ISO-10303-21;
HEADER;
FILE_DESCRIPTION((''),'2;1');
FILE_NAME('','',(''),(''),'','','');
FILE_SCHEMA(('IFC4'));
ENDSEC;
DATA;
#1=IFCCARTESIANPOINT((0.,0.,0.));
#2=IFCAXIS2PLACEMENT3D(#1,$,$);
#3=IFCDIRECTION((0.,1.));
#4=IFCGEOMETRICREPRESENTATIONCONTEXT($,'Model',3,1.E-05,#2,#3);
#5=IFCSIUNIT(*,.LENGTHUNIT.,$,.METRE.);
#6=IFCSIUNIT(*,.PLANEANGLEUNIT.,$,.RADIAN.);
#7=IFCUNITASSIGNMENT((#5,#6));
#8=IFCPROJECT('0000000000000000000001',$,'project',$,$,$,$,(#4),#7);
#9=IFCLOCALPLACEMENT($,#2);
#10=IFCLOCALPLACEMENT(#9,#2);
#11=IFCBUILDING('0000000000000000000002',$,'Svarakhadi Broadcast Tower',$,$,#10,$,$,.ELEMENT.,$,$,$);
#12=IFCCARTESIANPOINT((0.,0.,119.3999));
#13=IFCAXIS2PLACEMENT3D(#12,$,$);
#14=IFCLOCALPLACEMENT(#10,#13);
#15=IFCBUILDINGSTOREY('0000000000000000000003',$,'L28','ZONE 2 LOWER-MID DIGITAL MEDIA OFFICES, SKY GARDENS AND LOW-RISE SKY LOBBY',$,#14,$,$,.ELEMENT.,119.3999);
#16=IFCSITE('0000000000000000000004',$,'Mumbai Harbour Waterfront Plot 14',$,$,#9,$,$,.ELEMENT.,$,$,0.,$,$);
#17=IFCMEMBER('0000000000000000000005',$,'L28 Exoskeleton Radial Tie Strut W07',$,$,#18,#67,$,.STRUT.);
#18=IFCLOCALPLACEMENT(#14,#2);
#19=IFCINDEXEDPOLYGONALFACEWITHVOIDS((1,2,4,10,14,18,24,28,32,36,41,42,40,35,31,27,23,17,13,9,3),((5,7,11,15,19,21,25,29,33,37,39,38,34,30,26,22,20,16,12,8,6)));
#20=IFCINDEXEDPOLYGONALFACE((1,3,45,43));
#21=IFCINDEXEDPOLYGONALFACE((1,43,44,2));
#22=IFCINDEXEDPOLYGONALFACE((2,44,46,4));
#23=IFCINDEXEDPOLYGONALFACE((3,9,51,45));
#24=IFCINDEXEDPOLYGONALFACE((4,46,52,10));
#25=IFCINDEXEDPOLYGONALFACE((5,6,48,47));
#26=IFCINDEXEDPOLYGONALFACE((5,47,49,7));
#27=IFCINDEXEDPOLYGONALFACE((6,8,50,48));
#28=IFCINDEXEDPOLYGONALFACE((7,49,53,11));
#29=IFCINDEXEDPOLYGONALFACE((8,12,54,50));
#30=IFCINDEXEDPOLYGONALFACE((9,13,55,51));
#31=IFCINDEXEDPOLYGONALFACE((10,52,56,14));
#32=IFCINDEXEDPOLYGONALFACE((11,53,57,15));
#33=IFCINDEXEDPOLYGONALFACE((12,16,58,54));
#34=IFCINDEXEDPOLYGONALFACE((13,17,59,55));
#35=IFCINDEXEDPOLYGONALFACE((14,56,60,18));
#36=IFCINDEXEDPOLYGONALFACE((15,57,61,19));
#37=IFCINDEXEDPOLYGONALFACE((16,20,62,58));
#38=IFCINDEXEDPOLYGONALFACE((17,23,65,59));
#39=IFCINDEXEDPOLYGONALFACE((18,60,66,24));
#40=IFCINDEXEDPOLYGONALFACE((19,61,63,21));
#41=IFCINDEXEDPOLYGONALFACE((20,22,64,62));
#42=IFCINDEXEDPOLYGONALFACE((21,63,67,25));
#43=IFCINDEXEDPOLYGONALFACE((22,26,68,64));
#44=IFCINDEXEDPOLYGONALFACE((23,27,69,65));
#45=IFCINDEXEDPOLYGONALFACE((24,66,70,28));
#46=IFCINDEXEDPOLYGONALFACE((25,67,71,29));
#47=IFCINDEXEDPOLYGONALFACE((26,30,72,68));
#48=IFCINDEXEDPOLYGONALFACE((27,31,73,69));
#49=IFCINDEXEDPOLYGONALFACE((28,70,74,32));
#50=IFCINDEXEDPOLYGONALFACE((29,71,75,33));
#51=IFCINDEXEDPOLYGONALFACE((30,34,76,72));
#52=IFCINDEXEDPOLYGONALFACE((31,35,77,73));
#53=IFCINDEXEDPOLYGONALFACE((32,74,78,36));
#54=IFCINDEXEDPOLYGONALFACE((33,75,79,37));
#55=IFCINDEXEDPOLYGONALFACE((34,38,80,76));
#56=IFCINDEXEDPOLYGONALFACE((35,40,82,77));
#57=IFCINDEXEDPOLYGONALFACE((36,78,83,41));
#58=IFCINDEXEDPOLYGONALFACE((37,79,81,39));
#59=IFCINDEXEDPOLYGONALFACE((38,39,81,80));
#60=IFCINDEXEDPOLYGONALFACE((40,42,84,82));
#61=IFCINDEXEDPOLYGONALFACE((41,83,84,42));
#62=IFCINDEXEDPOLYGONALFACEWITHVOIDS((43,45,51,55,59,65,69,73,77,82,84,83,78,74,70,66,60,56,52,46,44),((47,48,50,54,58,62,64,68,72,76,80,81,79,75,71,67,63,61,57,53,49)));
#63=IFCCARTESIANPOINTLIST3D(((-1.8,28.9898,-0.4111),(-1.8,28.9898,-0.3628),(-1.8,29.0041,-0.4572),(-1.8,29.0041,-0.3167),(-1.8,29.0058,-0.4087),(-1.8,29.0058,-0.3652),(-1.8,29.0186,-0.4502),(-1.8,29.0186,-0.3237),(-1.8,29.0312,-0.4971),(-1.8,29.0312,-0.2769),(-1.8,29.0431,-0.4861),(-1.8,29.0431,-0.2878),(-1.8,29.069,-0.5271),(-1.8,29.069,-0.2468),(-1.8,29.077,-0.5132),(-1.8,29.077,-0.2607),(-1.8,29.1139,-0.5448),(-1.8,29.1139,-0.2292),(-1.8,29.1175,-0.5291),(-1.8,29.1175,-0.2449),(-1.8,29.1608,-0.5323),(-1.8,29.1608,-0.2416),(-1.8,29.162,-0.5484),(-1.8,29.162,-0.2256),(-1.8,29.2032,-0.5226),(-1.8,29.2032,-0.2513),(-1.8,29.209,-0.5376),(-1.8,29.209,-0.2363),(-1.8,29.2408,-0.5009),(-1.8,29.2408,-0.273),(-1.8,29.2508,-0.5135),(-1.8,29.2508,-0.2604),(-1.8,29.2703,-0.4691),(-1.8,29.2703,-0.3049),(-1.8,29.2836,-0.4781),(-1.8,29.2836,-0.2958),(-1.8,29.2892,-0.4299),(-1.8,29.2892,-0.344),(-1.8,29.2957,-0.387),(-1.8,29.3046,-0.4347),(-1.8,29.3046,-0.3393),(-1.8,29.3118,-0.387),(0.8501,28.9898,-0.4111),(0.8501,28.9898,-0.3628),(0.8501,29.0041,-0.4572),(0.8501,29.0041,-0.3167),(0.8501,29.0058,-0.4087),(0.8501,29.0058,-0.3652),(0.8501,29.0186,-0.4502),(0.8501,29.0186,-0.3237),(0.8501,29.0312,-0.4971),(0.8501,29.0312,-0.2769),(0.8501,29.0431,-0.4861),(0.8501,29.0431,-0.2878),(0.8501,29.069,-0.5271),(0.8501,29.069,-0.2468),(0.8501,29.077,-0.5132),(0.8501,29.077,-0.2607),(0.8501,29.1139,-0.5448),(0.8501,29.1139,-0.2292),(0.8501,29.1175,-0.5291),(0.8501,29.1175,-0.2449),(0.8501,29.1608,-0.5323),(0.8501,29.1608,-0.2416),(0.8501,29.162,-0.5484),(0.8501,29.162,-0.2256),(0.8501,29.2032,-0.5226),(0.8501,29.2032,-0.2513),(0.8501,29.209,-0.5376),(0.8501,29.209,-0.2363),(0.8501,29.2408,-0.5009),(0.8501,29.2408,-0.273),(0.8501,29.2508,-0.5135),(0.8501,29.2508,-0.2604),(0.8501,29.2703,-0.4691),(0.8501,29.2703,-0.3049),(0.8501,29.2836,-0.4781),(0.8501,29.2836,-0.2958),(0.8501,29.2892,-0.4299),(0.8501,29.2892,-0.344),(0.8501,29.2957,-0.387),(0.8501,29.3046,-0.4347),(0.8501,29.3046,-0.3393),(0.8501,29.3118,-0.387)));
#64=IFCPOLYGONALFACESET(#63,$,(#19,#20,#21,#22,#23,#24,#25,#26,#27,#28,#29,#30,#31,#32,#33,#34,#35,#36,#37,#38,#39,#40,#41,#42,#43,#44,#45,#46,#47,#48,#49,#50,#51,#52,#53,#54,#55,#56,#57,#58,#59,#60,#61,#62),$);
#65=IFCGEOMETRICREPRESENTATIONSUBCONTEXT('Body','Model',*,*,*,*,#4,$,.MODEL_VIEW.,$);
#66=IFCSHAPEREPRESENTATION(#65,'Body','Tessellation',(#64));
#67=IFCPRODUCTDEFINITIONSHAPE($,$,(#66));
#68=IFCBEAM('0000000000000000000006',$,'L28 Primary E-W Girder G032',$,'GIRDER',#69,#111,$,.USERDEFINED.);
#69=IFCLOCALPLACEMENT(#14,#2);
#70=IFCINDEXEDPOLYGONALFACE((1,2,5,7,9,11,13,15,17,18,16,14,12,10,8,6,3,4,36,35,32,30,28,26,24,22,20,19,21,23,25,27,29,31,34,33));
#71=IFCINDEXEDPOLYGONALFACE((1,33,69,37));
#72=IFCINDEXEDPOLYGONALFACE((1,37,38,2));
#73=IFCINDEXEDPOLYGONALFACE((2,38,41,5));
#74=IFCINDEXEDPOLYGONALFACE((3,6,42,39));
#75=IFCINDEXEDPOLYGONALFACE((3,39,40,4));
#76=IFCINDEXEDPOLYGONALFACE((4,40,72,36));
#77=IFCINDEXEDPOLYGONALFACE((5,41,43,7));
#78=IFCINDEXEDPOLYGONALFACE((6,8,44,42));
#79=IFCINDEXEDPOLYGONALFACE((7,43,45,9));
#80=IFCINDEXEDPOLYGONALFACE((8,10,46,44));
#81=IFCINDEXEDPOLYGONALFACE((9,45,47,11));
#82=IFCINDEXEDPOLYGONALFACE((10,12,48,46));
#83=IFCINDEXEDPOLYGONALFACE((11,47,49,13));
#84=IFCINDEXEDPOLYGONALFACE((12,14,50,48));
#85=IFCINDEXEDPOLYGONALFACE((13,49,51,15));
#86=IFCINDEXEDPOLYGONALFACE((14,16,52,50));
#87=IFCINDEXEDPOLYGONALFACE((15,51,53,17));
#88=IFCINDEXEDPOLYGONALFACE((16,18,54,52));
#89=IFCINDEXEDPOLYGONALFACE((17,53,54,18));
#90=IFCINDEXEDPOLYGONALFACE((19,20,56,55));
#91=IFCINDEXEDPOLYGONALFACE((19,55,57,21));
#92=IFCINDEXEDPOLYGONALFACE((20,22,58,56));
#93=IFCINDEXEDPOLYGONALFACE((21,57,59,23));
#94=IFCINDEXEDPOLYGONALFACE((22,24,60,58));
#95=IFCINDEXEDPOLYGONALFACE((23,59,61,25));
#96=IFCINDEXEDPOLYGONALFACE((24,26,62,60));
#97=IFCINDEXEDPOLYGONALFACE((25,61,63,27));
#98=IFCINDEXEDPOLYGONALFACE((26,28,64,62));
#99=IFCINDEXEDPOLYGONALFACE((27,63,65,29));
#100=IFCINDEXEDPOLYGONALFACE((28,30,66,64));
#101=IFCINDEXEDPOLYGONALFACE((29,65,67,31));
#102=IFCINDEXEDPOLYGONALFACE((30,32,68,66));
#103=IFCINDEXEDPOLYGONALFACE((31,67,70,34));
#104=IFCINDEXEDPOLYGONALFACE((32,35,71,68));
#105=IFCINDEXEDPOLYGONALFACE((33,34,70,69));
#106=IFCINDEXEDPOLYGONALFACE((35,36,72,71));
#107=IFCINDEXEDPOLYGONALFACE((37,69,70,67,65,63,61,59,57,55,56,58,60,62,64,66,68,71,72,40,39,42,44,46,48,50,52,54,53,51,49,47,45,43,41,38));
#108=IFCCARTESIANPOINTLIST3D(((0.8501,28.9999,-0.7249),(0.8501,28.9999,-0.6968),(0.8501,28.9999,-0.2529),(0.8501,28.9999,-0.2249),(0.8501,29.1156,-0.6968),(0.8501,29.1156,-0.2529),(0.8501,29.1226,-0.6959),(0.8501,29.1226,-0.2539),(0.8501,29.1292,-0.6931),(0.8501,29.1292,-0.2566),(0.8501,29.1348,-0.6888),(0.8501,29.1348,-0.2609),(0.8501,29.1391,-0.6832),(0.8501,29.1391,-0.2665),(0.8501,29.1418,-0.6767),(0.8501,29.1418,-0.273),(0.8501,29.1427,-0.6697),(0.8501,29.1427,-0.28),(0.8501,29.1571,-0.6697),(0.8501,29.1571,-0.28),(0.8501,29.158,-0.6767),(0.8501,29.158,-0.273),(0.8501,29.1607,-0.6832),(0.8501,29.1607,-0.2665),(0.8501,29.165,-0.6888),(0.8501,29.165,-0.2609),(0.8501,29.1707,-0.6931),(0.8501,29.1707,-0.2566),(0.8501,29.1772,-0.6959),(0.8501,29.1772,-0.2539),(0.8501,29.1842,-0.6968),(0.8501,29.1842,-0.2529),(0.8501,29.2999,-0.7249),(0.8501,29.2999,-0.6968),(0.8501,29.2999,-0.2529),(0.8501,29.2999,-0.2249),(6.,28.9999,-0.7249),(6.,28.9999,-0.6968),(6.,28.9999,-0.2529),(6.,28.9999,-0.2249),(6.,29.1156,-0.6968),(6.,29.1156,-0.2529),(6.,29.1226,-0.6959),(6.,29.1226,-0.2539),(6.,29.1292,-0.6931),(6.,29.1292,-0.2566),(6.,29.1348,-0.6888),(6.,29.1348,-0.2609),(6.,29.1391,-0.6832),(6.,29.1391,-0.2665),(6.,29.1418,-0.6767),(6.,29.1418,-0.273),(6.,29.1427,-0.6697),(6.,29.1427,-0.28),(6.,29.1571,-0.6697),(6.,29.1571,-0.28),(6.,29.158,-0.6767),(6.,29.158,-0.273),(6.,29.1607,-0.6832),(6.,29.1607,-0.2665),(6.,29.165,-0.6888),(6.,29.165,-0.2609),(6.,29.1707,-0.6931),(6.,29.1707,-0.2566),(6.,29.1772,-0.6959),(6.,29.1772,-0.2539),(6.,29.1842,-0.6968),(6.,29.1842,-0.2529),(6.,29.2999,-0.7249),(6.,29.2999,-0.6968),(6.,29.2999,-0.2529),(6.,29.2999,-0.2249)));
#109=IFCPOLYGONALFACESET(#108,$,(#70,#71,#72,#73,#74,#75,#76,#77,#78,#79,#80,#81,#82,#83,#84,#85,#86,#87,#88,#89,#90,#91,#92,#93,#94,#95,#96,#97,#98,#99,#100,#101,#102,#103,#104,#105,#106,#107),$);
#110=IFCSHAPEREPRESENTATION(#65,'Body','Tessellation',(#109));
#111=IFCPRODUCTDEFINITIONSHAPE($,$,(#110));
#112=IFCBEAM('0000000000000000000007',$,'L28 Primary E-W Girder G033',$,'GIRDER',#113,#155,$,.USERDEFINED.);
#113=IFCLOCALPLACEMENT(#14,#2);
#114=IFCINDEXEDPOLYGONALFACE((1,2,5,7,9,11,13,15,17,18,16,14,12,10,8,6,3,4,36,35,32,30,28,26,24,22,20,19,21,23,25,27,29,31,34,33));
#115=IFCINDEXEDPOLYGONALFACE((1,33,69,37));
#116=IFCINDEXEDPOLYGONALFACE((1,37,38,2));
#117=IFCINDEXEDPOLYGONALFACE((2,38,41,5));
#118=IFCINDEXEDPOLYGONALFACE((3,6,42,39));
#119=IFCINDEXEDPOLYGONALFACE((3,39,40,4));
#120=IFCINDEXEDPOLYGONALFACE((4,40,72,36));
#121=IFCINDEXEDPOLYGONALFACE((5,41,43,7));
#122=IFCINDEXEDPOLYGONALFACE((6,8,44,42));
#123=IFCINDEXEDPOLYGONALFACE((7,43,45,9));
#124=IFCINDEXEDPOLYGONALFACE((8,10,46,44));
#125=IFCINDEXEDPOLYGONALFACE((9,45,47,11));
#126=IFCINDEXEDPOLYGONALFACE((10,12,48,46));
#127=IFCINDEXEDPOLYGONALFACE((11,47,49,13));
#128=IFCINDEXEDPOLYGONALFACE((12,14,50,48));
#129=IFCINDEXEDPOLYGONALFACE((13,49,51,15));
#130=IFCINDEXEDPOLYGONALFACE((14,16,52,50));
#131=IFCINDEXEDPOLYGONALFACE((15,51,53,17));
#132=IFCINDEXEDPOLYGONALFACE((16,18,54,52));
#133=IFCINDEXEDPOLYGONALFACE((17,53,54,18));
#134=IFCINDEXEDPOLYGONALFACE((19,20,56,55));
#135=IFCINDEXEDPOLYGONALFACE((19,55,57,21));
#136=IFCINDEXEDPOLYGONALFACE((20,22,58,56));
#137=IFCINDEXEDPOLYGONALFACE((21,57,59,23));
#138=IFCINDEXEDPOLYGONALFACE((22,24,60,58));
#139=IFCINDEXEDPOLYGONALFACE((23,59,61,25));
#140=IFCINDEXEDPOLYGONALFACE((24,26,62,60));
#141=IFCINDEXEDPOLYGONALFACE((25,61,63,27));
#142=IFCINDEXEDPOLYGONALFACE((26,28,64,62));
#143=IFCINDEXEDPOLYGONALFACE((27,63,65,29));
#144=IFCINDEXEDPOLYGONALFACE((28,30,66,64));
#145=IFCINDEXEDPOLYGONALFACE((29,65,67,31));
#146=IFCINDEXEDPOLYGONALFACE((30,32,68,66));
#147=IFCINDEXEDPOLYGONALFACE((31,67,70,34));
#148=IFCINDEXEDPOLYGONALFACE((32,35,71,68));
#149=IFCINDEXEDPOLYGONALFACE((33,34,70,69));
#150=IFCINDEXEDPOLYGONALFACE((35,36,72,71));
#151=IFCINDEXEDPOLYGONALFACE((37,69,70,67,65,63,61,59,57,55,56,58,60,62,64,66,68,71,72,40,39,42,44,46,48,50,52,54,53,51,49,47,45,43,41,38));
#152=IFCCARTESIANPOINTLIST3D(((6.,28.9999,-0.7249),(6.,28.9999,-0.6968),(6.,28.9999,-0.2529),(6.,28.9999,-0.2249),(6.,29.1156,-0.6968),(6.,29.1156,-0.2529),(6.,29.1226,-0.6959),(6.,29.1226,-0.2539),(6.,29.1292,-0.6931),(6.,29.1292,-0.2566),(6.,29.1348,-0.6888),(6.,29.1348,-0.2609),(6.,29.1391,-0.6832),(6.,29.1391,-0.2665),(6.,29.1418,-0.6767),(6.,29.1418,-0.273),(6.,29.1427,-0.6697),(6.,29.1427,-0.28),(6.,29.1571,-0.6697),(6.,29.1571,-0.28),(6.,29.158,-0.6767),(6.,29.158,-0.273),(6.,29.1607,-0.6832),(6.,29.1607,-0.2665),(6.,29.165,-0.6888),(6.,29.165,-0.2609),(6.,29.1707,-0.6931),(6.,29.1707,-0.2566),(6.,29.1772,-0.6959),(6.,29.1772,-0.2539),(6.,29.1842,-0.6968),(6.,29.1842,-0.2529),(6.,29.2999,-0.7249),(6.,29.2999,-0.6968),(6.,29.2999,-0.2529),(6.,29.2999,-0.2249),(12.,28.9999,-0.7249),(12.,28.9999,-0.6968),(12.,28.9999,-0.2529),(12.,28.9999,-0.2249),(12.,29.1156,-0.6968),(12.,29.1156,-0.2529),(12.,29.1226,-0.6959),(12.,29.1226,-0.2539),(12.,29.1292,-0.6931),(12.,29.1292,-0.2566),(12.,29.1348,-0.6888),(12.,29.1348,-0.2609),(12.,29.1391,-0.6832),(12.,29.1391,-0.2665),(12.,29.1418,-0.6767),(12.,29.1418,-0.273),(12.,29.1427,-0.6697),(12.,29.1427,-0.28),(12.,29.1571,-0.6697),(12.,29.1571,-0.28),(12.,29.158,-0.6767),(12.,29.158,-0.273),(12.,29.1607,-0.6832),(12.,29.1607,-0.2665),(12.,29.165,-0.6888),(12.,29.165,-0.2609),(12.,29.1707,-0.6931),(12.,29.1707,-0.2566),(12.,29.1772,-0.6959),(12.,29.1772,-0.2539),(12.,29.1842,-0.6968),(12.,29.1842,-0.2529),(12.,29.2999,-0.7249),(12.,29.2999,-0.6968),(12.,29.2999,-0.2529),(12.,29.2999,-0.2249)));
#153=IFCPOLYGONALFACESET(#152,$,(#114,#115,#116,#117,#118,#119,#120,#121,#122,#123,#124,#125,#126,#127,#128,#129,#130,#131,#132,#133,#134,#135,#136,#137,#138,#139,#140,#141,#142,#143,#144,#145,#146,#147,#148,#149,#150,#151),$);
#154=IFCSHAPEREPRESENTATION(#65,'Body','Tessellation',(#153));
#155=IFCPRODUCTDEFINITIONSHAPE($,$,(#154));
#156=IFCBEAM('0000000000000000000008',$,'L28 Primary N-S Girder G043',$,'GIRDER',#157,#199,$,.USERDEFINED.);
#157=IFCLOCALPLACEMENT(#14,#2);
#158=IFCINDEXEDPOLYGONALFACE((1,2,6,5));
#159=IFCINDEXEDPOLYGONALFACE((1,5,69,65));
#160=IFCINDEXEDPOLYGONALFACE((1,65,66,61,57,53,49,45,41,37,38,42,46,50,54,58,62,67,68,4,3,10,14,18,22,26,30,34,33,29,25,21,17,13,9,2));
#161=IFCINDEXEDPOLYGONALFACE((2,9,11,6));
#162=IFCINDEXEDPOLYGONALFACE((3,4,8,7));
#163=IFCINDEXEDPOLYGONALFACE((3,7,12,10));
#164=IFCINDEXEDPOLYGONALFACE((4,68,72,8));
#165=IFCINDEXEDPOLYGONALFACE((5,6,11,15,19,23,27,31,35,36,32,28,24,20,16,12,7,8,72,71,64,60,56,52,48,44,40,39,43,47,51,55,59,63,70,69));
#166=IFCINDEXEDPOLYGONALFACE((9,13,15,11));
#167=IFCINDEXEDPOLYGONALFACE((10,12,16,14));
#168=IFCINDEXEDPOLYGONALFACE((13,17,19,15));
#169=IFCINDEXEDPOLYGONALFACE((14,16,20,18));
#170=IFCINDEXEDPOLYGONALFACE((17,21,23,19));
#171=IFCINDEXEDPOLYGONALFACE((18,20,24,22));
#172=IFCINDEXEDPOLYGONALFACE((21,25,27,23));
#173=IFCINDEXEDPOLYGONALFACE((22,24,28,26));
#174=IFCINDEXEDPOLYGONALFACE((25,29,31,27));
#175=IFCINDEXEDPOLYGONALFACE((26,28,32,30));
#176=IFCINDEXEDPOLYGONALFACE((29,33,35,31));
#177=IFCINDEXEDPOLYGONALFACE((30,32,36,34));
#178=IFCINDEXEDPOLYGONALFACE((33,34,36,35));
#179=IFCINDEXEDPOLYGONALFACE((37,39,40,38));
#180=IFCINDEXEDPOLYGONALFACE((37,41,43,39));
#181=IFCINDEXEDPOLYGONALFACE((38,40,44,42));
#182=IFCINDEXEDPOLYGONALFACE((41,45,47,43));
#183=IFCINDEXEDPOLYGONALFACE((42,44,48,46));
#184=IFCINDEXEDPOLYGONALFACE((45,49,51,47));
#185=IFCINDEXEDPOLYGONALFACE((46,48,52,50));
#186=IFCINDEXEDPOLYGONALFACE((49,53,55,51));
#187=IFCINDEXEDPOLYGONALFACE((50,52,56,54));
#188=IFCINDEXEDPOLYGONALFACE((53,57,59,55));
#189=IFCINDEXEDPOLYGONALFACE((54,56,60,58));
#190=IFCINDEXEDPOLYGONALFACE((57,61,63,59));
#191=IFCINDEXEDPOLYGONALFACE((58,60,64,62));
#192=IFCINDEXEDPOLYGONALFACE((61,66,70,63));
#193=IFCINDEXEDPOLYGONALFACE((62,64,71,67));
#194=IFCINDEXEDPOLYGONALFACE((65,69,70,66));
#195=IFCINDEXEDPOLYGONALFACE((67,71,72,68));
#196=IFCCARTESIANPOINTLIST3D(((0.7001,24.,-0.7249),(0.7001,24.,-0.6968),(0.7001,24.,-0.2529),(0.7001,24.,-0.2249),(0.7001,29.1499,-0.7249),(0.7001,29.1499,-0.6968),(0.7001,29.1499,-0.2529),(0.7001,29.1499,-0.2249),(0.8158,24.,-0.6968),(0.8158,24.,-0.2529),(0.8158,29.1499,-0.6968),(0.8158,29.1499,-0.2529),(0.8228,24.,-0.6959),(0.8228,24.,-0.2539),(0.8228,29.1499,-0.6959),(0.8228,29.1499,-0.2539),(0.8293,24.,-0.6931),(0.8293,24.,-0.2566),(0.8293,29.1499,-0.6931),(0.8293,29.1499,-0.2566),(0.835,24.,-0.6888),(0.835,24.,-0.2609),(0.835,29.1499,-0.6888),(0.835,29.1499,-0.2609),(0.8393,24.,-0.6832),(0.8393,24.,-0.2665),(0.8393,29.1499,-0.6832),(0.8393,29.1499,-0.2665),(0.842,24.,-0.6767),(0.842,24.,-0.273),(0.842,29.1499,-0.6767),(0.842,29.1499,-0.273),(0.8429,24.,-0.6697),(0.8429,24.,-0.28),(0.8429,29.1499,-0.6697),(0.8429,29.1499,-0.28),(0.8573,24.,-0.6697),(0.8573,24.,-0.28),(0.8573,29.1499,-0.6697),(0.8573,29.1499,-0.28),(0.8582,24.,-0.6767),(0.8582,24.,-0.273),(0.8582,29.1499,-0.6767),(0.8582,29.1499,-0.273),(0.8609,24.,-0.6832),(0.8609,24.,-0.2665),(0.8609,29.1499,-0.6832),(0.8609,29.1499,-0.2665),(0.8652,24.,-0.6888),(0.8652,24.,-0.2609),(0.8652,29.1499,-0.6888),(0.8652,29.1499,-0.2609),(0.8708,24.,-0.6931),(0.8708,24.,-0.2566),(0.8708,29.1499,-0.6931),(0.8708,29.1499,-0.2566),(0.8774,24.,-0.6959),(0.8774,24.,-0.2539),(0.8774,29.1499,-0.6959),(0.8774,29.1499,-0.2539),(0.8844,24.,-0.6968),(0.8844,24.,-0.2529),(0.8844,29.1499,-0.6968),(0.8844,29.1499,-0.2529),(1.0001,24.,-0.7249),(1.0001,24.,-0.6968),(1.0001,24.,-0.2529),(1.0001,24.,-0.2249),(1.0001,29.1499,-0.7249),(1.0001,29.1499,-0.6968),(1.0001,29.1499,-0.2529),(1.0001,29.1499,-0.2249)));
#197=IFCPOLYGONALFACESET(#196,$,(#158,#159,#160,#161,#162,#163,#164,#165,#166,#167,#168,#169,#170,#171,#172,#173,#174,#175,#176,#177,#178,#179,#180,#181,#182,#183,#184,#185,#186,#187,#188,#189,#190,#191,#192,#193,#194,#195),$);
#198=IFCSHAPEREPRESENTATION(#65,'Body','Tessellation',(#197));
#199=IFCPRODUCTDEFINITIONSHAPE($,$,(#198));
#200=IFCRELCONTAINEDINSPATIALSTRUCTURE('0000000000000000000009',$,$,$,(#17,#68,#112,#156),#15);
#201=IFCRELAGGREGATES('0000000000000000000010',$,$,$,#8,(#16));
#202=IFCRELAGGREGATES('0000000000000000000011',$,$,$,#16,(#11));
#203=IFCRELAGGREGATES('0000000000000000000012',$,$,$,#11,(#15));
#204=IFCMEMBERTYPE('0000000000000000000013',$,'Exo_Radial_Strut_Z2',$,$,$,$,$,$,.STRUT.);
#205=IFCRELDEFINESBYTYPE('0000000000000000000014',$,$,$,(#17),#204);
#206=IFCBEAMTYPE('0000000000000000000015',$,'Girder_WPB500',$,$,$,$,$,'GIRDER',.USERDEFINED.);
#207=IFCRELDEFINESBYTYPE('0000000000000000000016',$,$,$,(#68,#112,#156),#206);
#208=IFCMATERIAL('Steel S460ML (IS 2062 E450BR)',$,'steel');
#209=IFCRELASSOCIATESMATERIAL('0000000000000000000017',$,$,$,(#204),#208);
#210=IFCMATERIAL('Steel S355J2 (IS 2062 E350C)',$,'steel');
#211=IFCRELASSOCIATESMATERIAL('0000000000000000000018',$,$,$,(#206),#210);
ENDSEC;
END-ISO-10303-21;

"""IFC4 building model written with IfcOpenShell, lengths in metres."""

from ifc_helpers import new_model, si_unit, direction, frame, origin, origin_2d, place, context, subcontext, project, spatial, hollow_circle, i_section, extrude, material, material_profile, profile_set, type_object, element, save


model = new_model("IFC4")

# Units and contexts
model_context = context("Model", 3, precision=1e-05, world=origin(), true_north=direction((0.0, 1.0)))
body_context = subcontext(model_context, "Body", "Model", "MODEL_VIEW")
ifc_project = project(units=[si_unit("LENGTHUNIT", "METRE"), si_unit("PLANEANGLEUNIT", "RADIAN")], contexts=[model_context])

# Site, building, storey
site_placement = place(None, origin())
site = spatial("IfcSite", under=ifc_project, at=site_placement, Name="Mumbai Harbour Waterfront Plot 14", CompositionType="ELEMENT", RefElevation=0.0)
building_placement = place(site_placement, origin())
building = spatial("IfcBuilding", under=site, at=building_placement, Name="Svarakhadi Broadcast Tower", CompositionType="ELEMENT")
storey_placement = place(building_placement, frame((0.0, 0.0, 119.3999)))
storey = spatial("IfcBuildingStorey", under=building, at=storey_placement, Name="L28", Description="ZONE 2 LOWER-MID DIGITAL MEDIA OFFICES, SKY GARDENS AND LOW-RISE SKY LOBBY", CompositionType="ELEMENT", Elevation=119.3999)

# Shared definitions
ifc_material_1 = material(Name="Steel S460ML (IS 2062 E450BR)", Category="steel")

# Shared definitions
ifc_material_2 = material(Name="Steel S355J2 (IS 2062 E350C)", Category="steel")

# Member
ifc_material_profile_1 = material_profile(ifc_material_1, hollow_circle(Radius=0.1619, WallThickness=0.0161, at=origin_2d()), Name="CHS 323.9x16")
ifc_profile_set_1 = profile_set([ifc_material_profile_1], Name="Steel S460ML (IS 2062 E450BR)")
member_type_1 = type_object("IfcMemberType", Name="Exo_Radial_Strut_Z2", PredefinedType="STRUT", material=ifc_profile_set_1)
member_1_placement = place(storey_placement, frame((-1.8, 29.1499, -0.387), z_axis=(1.0, 0.0, 0.0), x_axis=(0.0, 1.0, 0.0)))
element("IfcMember", 1, at=member_1_placement, inside=storey, type_object=member_type_1, Name="L28 Exoskeleton Radial Tie Strut W07", PredefinedType="STRUT", context=body_context, shape_type="SweptSolid", body=[
    extrude(hollow_circle(Radius=0.1619, WallThickness=0.0161, at=origin_2d()), origin(), (0.0, 0.0, 1.0), 2.6501),
])

# Beams
ifc_material_profile_2 = material_profile(ifc_material_2, i_section(OverallWidth=0.3, OverallDepth=0.5, WebThickness=0.0144, FlangeThickness=0.0281, FilletRadius=0.0271, at=origin_2d()), Name="WPB 500x300x187")
ifc_profile_set_2 = profile_set([ifc_material_profile_2], Name="Steel S355J2 (IS 2062 E350C)")
beam_type_1 = type_object("IfcBeamType", Name="Girder_WPB500", ElementType="GIRDER", PredefinedType="USERDEFINED", material=ifc_profile_set_2)
beam_1_placement = place(storey_placement, frame((0.8501, 29.1499, -0.4749), z_axis=(1.0, 0.0, 0.0), x_axis=(0.0, 1.0, 0.0)))
element("IfcBeam", 2, at=beam_1_placement, inside=storey, type_object=beam_type_1, Name="L28 Primary E-W Girder G032", ObjectType="GIRDER", PredefinedType="USERDEFINED", context=body_context, shape_type="SweptSolid", body=[
    extrude(i_section(OverallWidth=0.3, OverallDepth=0.5, WebThickness=0.0144, FlangeThickness=0.0281, FilletRadius=0.0271, at=origin_2d()), origin(), (0.0, 0.0, 1.0), 5.1499),
])
beam_2_placement = place(storey_placement, frame((6.0, 29.1499, -0.4749), z_axis=(1.0, 0.0, 0.0), x_axis=(0.0, 1.0, 0.0)))
element("IfcBeam", 3, at=beam_2_placement, inside=storey, type_object=beam_type_1, Name="L28 Primary E-W Girder G033", ObjectType="GIRDER", PredefinedType="USERDEFINED", context=body_context, shape_type="SweptSolid", body=[
    extrude(i_section(OverallWidth=0.3, OverallDepth=0.5, WebThickness=0.0144, FlangeThickness=0.0281, FilletRadius=0.0271, at=origin_2d()), origin(), (0.0, 0.0, 1.0), 6.0),
])
beam_3_placement = place(storey_placement, frame((0.8501, 24.0, -0.4749), z_axis=(0.0, 1.0, 0.0), x_axis=(-1.0, 0.0, 0.0)))
element("IfcBeam", 4, at=beam_3_placement, inside=storey, type_object=beam_type_1, Name="L28 Primary N-S Girder G043", ObjectType="GIRDER", PredefinedType="USERDEFINED", context=body_context, shape_type="SweptSolid", body=[
    extrude(i_section(OverallWidth=0.3, OverallDepth=0.5, WebThickness=0.0144, FlangeThickness=0.0281, FilletRadius=0.0271, at=origin_2d()), origin(), (0.0, 0.0, 1.0), 5.1499),
])

save(model, "model.ifc")
